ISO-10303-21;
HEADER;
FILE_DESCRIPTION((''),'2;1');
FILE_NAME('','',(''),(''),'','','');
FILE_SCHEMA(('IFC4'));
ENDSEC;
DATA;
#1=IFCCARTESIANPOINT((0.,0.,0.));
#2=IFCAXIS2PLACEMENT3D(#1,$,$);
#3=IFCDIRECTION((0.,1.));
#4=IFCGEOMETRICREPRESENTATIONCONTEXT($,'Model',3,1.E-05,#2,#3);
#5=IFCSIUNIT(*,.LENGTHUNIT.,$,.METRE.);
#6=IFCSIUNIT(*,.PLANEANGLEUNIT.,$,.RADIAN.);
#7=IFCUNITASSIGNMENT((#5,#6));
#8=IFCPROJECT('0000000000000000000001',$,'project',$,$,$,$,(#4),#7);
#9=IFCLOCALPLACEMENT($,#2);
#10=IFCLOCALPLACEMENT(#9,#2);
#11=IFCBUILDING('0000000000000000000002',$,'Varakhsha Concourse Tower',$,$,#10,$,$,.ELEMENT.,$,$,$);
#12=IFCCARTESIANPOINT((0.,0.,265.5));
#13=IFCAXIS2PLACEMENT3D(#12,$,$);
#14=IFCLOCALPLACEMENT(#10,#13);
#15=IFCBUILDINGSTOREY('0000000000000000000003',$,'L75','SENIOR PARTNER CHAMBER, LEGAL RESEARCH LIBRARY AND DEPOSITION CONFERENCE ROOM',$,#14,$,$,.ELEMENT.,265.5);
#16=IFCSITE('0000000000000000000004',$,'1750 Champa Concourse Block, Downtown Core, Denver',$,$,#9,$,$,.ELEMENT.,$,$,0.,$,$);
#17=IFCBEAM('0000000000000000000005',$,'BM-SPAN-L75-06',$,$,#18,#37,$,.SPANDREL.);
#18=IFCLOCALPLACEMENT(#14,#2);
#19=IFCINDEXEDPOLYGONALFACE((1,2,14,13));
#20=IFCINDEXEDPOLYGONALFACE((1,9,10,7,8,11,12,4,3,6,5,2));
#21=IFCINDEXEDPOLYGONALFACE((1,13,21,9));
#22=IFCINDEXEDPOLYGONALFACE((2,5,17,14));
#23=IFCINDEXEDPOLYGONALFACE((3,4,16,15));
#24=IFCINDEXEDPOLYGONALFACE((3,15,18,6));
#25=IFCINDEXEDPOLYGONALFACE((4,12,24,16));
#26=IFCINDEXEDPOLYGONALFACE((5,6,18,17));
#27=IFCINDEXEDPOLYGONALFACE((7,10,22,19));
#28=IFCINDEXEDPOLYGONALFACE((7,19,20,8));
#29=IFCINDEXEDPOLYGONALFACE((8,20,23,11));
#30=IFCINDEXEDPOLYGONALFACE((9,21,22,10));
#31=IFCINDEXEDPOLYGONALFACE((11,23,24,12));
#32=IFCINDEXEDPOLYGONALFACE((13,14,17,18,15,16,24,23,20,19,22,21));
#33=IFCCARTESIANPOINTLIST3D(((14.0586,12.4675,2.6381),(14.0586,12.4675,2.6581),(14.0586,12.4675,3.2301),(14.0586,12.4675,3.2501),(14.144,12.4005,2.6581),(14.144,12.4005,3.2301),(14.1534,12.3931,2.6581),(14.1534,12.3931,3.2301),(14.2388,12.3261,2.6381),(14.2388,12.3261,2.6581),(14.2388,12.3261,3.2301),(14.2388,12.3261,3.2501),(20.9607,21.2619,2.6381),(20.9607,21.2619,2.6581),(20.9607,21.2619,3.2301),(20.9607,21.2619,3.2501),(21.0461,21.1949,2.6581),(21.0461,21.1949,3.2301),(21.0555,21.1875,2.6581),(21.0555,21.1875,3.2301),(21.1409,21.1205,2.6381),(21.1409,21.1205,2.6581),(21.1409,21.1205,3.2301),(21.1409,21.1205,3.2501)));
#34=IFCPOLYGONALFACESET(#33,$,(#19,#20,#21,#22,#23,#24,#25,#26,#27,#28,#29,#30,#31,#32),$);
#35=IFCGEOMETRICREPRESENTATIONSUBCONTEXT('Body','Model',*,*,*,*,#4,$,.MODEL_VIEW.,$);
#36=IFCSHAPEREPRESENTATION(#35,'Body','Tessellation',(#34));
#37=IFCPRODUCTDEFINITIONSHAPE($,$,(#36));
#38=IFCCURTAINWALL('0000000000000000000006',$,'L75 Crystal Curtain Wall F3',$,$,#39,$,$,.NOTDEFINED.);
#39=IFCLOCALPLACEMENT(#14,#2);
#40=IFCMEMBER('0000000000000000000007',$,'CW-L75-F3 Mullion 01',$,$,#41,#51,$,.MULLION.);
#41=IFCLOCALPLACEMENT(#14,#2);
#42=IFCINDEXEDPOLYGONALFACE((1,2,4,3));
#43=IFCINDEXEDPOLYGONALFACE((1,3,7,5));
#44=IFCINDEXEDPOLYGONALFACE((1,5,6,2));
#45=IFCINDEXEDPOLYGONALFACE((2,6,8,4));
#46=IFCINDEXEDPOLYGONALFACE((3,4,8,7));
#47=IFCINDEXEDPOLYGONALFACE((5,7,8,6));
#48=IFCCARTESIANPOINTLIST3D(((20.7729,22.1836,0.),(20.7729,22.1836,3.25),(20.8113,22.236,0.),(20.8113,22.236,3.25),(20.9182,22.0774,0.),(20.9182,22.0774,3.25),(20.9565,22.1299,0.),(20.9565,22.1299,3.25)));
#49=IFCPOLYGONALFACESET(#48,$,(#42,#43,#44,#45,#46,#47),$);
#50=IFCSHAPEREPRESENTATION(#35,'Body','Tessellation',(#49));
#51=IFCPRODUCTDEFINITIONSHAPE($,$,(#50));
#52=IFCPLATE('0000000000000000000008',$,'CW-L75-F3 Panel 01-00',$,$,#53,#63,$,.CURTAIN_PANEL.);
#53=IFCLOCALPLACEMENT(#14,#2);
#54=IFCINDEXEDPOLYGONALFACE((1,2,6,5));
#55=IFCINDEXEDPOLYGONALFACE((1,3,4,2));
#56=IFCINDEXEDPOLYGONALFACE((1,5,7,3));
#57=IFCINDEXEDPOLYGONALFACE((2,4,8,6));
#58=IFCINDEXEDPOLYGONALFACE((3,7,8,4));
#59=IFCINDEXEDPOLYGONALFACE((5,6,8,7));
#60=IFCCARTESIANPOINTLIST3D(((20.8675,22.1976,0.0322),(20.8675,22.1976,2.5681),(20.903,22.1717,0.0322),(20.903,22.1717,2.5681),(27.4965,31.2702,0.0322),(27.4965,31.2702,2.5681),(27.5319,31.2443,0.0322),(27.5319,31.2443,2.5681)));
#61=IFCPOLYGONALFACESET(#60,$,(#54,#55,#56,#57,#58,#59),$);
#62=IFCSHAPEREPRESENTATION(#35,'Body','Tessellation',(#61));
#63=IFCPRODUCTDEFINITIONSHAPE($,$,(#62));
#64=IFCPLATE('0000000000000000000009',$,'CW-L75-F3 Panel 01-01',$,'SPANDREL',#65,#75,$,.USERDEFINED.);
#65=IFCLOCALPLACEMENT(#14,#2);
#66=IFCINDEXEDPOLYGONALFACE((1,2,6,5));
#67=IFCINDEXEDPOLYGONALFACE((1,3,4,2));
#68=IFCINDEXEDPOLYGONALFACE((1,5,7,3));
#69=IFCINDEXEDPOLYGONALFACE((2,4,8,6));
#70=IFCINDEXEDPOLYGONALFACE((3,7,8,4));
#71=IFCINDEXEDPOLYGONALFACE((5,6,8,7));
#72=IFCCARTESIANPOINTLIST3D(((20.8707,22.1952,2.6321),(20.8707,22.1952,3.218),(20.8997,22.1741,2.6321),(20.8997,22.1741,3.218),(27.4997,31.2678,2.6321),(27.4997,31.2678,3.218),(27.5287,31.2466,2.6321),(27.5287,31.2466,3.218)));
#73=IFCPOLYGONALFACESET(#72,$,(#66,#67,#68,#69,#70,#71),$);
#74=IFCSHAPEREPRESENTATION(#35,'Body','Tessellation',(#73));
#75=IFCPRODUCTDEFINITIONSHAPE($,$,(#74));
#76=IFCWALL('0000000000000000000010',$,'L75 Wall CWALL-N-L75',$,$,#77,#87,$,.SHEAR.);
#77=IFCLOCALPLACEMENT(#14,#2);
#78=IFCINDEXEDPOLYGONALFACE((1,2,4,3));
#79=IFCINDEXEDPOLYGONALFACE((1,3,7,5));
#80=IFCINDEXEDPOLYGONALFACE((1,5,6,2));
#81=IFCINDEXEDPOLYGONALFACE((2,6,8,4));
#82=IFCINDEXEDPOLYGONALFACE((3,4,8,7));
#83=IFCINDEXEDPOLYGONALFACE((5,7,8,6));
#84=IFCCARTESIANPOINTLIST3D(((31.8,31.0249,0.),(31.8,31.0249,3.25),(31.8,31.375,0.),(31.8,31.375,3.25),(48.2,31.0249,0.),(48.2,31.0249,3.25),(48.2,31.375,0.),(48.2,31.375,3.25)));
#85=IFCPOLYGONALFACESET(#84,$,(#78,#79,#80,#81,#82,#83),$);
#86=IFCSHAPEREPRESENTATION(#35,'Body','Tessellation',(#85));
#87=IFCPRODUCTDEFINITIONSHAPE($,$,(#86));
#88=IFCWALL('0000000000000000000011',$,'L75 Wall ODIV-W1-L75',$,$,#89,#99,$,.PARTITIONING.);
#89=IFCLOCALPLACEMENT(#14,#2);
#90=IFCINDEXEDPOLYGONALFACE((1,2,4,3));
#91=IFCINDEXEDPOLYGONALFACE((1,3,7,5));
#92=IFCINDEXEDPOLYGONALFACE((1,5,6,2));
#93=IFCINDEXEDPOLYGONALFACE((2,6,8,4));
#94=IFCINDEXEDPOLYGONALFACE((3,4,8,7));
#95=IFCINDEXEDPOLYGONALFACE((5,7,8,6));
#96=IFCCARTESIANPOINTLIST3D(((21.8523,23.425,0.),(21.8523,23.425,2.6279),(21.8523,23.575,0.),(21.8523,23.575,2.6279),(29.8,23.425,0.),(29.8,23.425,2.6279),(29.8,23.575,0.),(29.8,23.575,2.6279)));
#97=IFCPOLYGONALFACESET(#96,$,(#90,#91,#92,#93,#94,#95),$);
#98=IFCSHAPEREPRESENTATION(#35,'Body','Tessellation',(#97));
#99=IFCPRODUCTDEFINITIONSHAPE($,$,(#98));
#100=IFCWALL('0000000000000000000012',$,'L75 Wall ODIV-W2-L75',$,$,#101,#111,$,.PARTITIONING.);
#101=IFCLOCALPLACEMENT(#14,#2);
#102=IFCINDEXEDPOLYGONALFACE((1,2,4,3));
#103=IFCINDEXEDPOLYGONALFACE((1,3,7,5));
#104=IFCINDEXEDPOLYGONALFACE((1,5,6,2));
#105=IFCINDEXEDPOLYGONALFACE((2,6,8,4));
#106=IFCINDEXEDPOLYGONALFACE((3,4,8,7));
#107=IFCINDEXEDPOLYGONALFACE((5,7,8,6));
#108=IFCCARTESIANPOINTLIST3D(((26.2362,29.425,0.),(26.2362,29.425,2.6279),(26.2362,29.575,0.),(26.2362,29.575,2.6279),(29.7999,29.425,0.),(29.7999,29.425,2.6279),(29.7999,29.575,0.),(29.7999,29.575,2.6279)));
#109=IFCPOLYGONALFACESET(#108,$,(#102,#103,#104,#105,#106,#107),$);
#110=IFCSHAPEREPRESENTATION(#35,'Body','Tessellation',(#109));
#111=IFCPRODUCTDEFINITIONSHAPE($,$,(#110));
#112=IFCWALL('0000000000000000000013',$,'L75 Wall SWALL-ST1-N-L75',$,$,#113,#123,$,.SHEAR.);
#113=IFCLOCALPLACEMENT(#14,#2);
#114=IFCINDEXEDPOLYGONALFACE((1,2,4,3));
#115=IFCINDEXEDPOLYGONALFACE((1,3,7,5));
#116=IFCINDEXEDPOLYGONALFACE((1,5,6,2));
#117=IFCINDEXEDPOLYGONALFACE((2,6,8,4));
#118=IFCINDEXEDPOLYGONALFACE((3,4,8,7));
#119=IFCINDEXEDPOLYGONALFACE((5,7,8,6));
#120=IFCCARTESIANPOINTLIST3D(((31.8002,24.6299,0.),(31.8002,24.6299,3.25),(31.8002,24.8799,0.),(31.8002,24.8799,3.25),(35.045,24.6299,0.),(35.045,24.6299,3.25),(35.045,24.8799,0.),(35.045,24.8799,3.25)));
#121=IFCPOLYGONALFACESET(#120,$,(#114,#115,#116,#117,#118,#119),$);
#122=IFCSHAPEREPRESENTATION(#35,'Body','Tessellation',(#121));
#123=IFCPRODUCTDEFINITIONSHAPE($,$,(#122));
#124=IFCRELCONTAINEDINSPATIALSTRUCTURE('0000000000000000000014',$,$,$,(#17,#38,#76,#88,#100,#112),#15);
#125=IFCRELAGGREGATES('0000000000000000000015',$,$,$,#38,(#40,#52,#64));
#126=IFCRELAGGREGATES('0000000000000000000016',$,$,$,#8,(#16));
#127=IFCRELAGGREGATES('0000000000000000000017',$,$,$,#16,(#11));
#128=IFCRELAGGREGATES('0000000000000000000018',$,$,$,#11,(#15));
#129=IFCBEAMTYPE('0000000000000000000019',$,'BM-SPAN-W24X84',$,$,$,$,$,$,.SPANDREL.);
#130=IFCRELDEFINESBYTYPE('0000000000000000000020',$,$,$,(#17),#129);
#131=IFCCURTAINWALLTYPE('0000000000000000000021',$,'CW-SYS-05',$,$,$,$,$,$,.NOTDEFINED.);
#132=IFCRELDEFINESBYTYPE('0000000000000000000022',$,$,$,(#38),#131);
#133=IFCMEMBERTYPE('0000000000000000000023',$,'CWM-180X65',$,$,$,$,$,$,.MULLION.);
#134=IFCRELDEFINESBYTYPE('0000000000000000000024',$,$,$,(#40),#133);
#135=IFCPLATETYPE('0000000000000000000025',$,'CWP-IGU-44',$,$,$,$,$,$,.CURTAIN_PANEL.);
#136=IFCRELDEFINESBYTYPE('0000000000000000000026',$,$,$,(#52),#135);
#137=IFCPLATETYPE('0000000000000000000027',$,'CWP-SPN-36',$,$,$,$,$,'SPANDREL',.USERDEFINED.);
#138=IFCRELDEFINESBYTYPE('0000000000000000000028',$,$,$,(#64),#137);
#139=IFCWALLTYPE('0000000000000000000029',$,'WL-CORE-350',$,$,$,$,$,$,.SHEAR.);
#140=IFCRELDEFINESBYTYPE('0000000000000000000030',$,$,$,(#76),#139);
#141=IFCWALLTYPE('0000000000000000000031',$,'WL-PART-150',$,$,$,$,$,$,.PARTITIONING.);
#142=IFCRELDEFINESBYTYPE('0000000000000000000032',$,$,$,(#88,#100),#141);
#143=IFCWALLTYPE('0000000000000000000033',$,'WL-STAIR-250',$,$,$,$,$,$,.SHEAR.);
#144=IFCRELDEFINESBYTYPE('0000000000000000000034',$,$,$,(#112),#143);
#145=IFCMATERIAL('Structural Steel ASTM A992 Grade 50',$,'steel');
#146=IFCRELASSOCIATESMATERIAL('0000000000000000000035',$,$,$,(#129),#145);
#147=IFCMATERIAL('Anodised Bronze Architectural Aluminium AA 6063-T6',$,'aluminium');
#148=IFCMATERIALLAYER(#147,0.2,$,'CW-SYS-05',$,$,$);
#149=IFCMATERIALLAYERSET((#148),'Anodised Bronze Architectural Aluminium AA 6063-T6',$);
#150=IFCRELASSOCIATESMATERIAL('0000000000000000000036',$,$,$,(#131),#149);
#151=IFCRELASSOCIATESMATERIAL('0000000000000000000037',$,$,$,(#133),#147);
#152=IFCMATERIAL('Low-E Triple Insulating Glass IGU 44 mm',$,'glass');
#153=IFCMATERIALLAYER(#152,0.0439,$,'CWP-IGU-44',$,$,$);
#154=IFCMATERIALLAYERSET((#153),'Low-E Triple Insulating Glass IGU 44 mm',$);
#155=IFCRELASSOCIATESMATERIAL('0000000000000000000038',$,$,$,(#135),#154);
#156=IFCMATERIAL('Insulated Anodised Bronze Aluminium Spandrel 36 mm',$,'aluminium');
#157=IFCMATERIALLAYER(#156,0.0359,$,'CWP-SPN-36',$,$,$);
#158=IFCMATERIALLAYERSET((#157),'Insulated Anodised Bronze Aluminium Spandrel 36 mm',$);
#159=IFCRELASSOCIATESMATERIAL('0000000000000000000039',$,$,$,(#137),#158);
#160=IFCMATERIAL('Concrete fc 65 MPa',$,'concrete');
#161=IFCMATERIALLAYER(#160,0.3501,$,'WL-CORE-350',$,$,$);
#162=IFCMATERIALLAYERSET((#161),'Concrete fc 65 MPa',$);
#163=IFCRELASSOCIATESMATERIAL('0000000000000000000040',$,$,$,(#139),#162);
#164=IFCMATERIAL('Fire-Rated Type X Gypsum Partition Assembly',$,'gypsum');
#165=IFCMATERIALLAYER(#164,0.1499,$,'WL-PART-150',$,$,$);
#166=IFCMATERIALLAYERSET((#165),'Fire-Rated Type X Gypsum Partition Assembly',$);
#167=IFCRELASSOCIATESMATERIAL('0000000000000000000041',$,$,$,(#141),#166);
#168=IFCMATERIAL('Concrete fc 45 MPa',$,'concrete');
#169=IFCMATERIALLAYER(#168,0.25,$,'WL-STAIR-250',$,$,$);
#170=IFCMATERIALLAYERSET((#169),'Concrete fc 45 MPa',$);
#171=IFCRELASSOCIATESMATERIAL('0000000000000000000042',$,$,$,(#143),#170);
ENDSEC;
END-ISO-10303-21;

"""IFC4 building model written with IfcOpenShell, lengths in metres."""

from ifc_helpers import new_model, si_unit, direction, frame, frame_2d, origin, origin_2d, place, context, subcontext, project, spatial, rectangle, i_section, extrude, source, transform, mapped, material, layer, layer_set, material_profile, profile_set, type_object, type_shapes, element, aggregate, save


model = new_model("IFC4")

# Units and contexts
model_context = context("Model", 3, precision=1e-05, world=origin(), true_north=direction((0.0, 1.0)))
body_context = subcontext(model_context, "Body", "Model", "MODEL_VIEW")
ifc_project = project(units=[si_unit("LENGTHUNIT", "METRE"), si_unit("PLANEANGLEUNIT", "RADIAN")], contexts=[model_context])

# Site, building, storey
site_placement = place(None, origin())
site = spatial("IfcSite", under=ifc_project, at=site_placement, Name="1750 Champa Concourse Block, Downtown Core, Denver", CompositionType="ELEMENT", RefElevation=0.0)
building_placement = place(site_placement, origin())
building = spatial("IfcBuilding", under=site, at=building_placement, Name="Varakhsha Concourse Tower", CompositionType="ELEMENT")
storey_placement = place(building_placement, frame((0.0, 0.0, 265.5)))
storey = spatial("IfcBuildingStorey", under=building, at=storey_placement, Name="L75", Description="SENIOR PARTNER CHAMBER, LEGAL RESEARCH LIBRARY AND DEPOSITION CONFERENCE ROOM", CompositionType="ELEMENT", Elevation=265.5)

# Shared definitions
ifc_material_1 = material(Name="Structural Steel ASTM A992 Grade 50", Category="steel")

# Beam
ifc_material_profile_1 = material_profile(ifc_material_1, i_section(OverallWidth=0.229, OverallDepth=0.6121, WebThickness=0.012, FlangeThickness=0.02, at=origin_2d()), Name="W24X84")
ifc_profile_set_1 = profile_set([ifc_material_profile_1], Name="Structural Steel ASTM A992 Grade 50")
beam_type_1 = type_object("IfcBeamType", Name="BM-SPAN-W24X84", PredefinedType="SPANDREL", material=ifc_profile_set_1)
beam_1_placement = place(storey_placement, frame((21.0508, 21.1912, 2.9441), z_axis=(-0.617389, -0.786658, 0.0), x_axis=(0.786658, -0.617389, 0.0)))
element("IfcBeam", 1, at=beam_1_placement, inside=storey, type_object=beam_type_1, Name="BM-SPAN-L75-06", PredefinedType="SPANDREL", context=body_context, shape_type="SweptSolid", body=[
    extrude(i_section(OverallWidth=0.229, OverallDepth=0.6121, WebThickness=0.012, FlangeThickness=0.02, at=origin_2d()), origin(), (0.0, 0.0, 1.0), 11.1794),
])

# Curtain wall, member, plates
ifc_material_2 = material(Name="Anodised Bronze Architectural Aluminium AA 6063-T6", Category="aluminium")
ifc_layer_1 = layer(ifc_material_2, 0.2, Name="CW-SYS-05")
ifc_layer_set_1 = layer_set([ifc_layer_1], Name="Anodised Bronze Architectural Aluminium AA 6063-T6")
curtain_wall_type = type_object("IfcCurtainWallType", Name="CW-SYS-05", PredefinedType="NOTDEFINED", material=ifc_layer_set_1)
curtain_wall_placement = place(storey_placement, origin())
curtain_wall = element("IfcCurtainWall", 2, at=curtain_wall_placement, inside=storey, type_object=curtain_wall_type, Name="L75 Crystal Curtain Wall F3", PredefinedType="NOTDEFINED")
ifc_material_profile_2 = material_profile(ifc_material_2, rectangle(XDim=0.0649, YDim=0.1799, at=origin_2d()), Name="CWM-180X65")
ifc_profile_set_2 = profile_set([ifc_material_profile_2], Name="Anodised Bronze Architectural Aluminium AA 6063-T6")
member_type = type_object("IfcMemberType", Name="CWM-180X65", PredefinedType="MULLION", material=ifc_profile_set_2)
shared_shape_1 = source(origin(), body_context, "Body", "SweptSolid", [
    extrude(rectangle(XDim=0.0649, YDim=0.1799, at=origin_2d()), origin(), (0.0, 0.0, 1.0), 3.25),
])
type_shapes(member_type, [shared_shape_1])
member_placement = place(storey_placement, frame((20.8647, 22.1567, 0.0), z_axis=(0.0, 0.0, 1.0), x_axis=(0.58996, 0.807432, 0.0)))
member = element("IfcMember", 3, at=member_placement, type_object=member_type, Name="CW-L75-F3 Mullion 01", PredefinedType="MULLION", context=body_context, shape_type="MappedRepresentation", body=[
    mapped(shared_shape_1, transform((0.0, 0.0, 0.0), scale=1.0)),
])
ifc_material_3 = material(Name="Low-E Triple Insulating Glass IGU 44 mm", Category="glass")
ifc_layer_2 = layer(ifc_material_3, 0.0439, Name="CWP-IGU-44")
ifc_layer_set_2 = layer_set([ifc_layer_2], Name="Low-E Triple Insulating Glass IGU 44 mm")
plate_type_1 = type_object("IfcPlateType", Name="CWP-IGU-44", PredefinedType="CURTAIN_PANEL", material=ifc_layer_set_2)
shared_shape_2 = source(origin(), body_context, "Body", "SweptSolid", [
    extrude(rectangle(XDim=11.2363, YDim=0.0439, at=origin_2d()), origin(), (0.0, 0.0, 1.0), 2.5359),
])
type_shapes(plate_type_1, [shared_shape_2])
plate_1_placement = place(storey_placement, frame((24.1997, 26.7209, 0.0322), z_axis=(0.0, 0.0, 1.0), x_axis=(0.58996, 0.807432, 0.0)))
plate_1 = element("IfcPlate", 4, at=plate_1_placement, type_object=plate_type_1, Name="CW-L75-F3 Panel 01-00", PredefinedType="CURTAIN_PANEL", context=body_context, shape_type="MappedRepresentation", body=[
    mapped(shared_shape_2, transform((0.0, 0.0, 0.0), scale=1.0)),
])
ifc_material_4 = material(Name="Insulated Anodised Bronze Aluminium Spandrel 36 mm", Category="aluminium")
ifc_layer_3 = layer(ifc_material_4, 0.0359, Name="CWP-SPN-36")
ifc_layer_set_3 = layer_set([ifc_layer_3], Name="Insulated Anodised Bronze Aluminium Spandrel 36 mm")
plate_type_2 = type_object("IfcPlateType", Name="CWP-SPN-36", ElementType="SPANDREL", PredefinedType="USERDEFINED", material=ifc_layer_set_3)
shared_shape_3 = source(origin(), body_context, "Body", "SweptSolid", [
    extrude(rectangle(XDim=11.2363, YDim=0.0359, at=origin_2d()), origin(), (0.0, 0.0, 1.0), 0.5859),
])
type_shapes(plate_type_2, [shared_shape_3])
plate_2_placement = place(storey_placement, frame((24.1997, 26.7209, 2.6321), z_axis=(0.0, 0.0, 1.0), x_axis=(0.58996, 0.807432, 0.0)))
plate_2 = element("IfcPlate", 5, at=plate_2_placement, type_object=plate_type_2, Name="CW-L75-F3 Panel 01-01", ObjectType="SPANDREL", PredefinedType="USERDEFINED", context=body_context, shape_type="MappedRepresentation", body=[
    mapped(shared_shape_3, transform((0.0, 0.0, 0.0), scale=1.0)),
])
aggregate(curtain_wall, [member, plate_1, plate_2])

# Walls
ifc_material_5 = material(Name="Concrete fc 65 MPa", Category="concrete")
ifc_layer_4 = layer(ifc_material_5, 0.3501, Name="WL-CORE-350")
ifc_layer_set_4 = layer_set([ifc_layer_4], Name="Concrete fc 65 MPa")
wall_type_1 = type_object("IfcWallType", Name="WL-CORE-350", PredefinedType="SHEAR", material=ifc_layer_set_4)
wall_1_placement = place(storey_placement, frame((31.8, 31.2, 0.0), z_axis=(0.0, 0.0, 1.0), x_axis=(1.0, 0.0, 0.0)))
element("IfcWall", 6, at=wall_1_placement, inside=storey, type_object=wall_type_1, Name="L75 Wall CWALL-N-L75", PredefinedType="SHEAR", context=body_context, shape_type="SweptSolid", body=[
    extrude(rectangle(XDim=16.3999, YDim=0.3501, at=frame_2d((8.2, 0.0))), origin(), (0.0, 0.0, 1.0), 3.25),
])
ifc_material_6 = material(Name="Fire-Rated Type X Gypsum Partition Assembly", Category="gypsum")
ifc_layer_5 = layer(ifc_material_6, 0.1499, Name="WL-PART-150")
ifc_layer_set_5 = layer_set([ifc_layer_5], Name="Fire-Rated Type X Gypsum Partition Assembly")
wall_type_2 = type_object("IfcWallType", Name="WL-PART-150", PredefinedType="PARTITIONING", material=ifc_layer_set_5)
wall_2_placement = place(storey_placement, frame((21.8523, 23.5, 0.0), z_axis=(0.0, 0.0, 1.0), x_axis=(1.0, 0.0, 0.0)))
element("IfcWall", 7, at=wall_2_placement, inside=storey, type_object=wall_type_2, Name="L75 Wall ODIV-W1-L75", PredefinedType="PARTITIONING", context=body_context, shape_type="SweptSolid", body=[
    extrude(rectangle(XDim=7.9478, YDim=0.1499, at=frame_2d((3.9739, 0.0))), origin(), (0.0, 0.0, 1.0), 2.6279),
])
wall_3_placement = place(storey_placement, frame((26.2363, 29.5, 0.0), z_axis=(0.0, 0.0, 1.0), x_axis=(1.0, 0.0, 0.0)))
element("IfcWall", 8, at=wall_3_placement, inside=storey, type_object=wall_type_2, Name="L75 Wall ODIV-W2-L75", PredefinedType="PARTITIONING", context=body_context, shape_type="SweptSolid", body=[
    extrude(rectangle(XDim=3.5637, YDim=0.1499, at=frame_2d((1.7817, 0.0))), origin(), (0.0, 0.0, 1.0), 2.6279),
])
ifc_material_7 = material(Name="Concrete fc 45 MPa", Category="concrete")
ifc_layer_6 = layer(ifc_material_7, 0.25, Name="WL-STAIR-250")
ifc_layer_set_6 = layer_set([ifc_layer_6], Name="Concrete fc 45 MPa")
wall_type_3 = type_object("IfcWallType", Name="WL-STAIR-250", PredefinedType="SHEAR", material=ifc_layer_set_6)
wall_4_placement = place(storey_placement, frame((31.8, 24.7549, 0.0), z_axis=(0.0, 0.0, 1.0), x_axis=(1.0, 0.0, 0.0)))
element("IfcWall", 9, at=wall_4_placement, inside=storey, type_object=wall_type_3, Name="L75 Wall SWALL-ST1-N-L75", PredefinedType="SHEAR", context=body_context, shape_type="SweptSolid", body=[
    extrude(rectangle(XDim=3.2449, YDim=0.25, at=frame_2d((1.6226, 0.0))), origin(), (0.0, 0.0, 1.0), 3.25),
])

save(model, "model.ifc")
